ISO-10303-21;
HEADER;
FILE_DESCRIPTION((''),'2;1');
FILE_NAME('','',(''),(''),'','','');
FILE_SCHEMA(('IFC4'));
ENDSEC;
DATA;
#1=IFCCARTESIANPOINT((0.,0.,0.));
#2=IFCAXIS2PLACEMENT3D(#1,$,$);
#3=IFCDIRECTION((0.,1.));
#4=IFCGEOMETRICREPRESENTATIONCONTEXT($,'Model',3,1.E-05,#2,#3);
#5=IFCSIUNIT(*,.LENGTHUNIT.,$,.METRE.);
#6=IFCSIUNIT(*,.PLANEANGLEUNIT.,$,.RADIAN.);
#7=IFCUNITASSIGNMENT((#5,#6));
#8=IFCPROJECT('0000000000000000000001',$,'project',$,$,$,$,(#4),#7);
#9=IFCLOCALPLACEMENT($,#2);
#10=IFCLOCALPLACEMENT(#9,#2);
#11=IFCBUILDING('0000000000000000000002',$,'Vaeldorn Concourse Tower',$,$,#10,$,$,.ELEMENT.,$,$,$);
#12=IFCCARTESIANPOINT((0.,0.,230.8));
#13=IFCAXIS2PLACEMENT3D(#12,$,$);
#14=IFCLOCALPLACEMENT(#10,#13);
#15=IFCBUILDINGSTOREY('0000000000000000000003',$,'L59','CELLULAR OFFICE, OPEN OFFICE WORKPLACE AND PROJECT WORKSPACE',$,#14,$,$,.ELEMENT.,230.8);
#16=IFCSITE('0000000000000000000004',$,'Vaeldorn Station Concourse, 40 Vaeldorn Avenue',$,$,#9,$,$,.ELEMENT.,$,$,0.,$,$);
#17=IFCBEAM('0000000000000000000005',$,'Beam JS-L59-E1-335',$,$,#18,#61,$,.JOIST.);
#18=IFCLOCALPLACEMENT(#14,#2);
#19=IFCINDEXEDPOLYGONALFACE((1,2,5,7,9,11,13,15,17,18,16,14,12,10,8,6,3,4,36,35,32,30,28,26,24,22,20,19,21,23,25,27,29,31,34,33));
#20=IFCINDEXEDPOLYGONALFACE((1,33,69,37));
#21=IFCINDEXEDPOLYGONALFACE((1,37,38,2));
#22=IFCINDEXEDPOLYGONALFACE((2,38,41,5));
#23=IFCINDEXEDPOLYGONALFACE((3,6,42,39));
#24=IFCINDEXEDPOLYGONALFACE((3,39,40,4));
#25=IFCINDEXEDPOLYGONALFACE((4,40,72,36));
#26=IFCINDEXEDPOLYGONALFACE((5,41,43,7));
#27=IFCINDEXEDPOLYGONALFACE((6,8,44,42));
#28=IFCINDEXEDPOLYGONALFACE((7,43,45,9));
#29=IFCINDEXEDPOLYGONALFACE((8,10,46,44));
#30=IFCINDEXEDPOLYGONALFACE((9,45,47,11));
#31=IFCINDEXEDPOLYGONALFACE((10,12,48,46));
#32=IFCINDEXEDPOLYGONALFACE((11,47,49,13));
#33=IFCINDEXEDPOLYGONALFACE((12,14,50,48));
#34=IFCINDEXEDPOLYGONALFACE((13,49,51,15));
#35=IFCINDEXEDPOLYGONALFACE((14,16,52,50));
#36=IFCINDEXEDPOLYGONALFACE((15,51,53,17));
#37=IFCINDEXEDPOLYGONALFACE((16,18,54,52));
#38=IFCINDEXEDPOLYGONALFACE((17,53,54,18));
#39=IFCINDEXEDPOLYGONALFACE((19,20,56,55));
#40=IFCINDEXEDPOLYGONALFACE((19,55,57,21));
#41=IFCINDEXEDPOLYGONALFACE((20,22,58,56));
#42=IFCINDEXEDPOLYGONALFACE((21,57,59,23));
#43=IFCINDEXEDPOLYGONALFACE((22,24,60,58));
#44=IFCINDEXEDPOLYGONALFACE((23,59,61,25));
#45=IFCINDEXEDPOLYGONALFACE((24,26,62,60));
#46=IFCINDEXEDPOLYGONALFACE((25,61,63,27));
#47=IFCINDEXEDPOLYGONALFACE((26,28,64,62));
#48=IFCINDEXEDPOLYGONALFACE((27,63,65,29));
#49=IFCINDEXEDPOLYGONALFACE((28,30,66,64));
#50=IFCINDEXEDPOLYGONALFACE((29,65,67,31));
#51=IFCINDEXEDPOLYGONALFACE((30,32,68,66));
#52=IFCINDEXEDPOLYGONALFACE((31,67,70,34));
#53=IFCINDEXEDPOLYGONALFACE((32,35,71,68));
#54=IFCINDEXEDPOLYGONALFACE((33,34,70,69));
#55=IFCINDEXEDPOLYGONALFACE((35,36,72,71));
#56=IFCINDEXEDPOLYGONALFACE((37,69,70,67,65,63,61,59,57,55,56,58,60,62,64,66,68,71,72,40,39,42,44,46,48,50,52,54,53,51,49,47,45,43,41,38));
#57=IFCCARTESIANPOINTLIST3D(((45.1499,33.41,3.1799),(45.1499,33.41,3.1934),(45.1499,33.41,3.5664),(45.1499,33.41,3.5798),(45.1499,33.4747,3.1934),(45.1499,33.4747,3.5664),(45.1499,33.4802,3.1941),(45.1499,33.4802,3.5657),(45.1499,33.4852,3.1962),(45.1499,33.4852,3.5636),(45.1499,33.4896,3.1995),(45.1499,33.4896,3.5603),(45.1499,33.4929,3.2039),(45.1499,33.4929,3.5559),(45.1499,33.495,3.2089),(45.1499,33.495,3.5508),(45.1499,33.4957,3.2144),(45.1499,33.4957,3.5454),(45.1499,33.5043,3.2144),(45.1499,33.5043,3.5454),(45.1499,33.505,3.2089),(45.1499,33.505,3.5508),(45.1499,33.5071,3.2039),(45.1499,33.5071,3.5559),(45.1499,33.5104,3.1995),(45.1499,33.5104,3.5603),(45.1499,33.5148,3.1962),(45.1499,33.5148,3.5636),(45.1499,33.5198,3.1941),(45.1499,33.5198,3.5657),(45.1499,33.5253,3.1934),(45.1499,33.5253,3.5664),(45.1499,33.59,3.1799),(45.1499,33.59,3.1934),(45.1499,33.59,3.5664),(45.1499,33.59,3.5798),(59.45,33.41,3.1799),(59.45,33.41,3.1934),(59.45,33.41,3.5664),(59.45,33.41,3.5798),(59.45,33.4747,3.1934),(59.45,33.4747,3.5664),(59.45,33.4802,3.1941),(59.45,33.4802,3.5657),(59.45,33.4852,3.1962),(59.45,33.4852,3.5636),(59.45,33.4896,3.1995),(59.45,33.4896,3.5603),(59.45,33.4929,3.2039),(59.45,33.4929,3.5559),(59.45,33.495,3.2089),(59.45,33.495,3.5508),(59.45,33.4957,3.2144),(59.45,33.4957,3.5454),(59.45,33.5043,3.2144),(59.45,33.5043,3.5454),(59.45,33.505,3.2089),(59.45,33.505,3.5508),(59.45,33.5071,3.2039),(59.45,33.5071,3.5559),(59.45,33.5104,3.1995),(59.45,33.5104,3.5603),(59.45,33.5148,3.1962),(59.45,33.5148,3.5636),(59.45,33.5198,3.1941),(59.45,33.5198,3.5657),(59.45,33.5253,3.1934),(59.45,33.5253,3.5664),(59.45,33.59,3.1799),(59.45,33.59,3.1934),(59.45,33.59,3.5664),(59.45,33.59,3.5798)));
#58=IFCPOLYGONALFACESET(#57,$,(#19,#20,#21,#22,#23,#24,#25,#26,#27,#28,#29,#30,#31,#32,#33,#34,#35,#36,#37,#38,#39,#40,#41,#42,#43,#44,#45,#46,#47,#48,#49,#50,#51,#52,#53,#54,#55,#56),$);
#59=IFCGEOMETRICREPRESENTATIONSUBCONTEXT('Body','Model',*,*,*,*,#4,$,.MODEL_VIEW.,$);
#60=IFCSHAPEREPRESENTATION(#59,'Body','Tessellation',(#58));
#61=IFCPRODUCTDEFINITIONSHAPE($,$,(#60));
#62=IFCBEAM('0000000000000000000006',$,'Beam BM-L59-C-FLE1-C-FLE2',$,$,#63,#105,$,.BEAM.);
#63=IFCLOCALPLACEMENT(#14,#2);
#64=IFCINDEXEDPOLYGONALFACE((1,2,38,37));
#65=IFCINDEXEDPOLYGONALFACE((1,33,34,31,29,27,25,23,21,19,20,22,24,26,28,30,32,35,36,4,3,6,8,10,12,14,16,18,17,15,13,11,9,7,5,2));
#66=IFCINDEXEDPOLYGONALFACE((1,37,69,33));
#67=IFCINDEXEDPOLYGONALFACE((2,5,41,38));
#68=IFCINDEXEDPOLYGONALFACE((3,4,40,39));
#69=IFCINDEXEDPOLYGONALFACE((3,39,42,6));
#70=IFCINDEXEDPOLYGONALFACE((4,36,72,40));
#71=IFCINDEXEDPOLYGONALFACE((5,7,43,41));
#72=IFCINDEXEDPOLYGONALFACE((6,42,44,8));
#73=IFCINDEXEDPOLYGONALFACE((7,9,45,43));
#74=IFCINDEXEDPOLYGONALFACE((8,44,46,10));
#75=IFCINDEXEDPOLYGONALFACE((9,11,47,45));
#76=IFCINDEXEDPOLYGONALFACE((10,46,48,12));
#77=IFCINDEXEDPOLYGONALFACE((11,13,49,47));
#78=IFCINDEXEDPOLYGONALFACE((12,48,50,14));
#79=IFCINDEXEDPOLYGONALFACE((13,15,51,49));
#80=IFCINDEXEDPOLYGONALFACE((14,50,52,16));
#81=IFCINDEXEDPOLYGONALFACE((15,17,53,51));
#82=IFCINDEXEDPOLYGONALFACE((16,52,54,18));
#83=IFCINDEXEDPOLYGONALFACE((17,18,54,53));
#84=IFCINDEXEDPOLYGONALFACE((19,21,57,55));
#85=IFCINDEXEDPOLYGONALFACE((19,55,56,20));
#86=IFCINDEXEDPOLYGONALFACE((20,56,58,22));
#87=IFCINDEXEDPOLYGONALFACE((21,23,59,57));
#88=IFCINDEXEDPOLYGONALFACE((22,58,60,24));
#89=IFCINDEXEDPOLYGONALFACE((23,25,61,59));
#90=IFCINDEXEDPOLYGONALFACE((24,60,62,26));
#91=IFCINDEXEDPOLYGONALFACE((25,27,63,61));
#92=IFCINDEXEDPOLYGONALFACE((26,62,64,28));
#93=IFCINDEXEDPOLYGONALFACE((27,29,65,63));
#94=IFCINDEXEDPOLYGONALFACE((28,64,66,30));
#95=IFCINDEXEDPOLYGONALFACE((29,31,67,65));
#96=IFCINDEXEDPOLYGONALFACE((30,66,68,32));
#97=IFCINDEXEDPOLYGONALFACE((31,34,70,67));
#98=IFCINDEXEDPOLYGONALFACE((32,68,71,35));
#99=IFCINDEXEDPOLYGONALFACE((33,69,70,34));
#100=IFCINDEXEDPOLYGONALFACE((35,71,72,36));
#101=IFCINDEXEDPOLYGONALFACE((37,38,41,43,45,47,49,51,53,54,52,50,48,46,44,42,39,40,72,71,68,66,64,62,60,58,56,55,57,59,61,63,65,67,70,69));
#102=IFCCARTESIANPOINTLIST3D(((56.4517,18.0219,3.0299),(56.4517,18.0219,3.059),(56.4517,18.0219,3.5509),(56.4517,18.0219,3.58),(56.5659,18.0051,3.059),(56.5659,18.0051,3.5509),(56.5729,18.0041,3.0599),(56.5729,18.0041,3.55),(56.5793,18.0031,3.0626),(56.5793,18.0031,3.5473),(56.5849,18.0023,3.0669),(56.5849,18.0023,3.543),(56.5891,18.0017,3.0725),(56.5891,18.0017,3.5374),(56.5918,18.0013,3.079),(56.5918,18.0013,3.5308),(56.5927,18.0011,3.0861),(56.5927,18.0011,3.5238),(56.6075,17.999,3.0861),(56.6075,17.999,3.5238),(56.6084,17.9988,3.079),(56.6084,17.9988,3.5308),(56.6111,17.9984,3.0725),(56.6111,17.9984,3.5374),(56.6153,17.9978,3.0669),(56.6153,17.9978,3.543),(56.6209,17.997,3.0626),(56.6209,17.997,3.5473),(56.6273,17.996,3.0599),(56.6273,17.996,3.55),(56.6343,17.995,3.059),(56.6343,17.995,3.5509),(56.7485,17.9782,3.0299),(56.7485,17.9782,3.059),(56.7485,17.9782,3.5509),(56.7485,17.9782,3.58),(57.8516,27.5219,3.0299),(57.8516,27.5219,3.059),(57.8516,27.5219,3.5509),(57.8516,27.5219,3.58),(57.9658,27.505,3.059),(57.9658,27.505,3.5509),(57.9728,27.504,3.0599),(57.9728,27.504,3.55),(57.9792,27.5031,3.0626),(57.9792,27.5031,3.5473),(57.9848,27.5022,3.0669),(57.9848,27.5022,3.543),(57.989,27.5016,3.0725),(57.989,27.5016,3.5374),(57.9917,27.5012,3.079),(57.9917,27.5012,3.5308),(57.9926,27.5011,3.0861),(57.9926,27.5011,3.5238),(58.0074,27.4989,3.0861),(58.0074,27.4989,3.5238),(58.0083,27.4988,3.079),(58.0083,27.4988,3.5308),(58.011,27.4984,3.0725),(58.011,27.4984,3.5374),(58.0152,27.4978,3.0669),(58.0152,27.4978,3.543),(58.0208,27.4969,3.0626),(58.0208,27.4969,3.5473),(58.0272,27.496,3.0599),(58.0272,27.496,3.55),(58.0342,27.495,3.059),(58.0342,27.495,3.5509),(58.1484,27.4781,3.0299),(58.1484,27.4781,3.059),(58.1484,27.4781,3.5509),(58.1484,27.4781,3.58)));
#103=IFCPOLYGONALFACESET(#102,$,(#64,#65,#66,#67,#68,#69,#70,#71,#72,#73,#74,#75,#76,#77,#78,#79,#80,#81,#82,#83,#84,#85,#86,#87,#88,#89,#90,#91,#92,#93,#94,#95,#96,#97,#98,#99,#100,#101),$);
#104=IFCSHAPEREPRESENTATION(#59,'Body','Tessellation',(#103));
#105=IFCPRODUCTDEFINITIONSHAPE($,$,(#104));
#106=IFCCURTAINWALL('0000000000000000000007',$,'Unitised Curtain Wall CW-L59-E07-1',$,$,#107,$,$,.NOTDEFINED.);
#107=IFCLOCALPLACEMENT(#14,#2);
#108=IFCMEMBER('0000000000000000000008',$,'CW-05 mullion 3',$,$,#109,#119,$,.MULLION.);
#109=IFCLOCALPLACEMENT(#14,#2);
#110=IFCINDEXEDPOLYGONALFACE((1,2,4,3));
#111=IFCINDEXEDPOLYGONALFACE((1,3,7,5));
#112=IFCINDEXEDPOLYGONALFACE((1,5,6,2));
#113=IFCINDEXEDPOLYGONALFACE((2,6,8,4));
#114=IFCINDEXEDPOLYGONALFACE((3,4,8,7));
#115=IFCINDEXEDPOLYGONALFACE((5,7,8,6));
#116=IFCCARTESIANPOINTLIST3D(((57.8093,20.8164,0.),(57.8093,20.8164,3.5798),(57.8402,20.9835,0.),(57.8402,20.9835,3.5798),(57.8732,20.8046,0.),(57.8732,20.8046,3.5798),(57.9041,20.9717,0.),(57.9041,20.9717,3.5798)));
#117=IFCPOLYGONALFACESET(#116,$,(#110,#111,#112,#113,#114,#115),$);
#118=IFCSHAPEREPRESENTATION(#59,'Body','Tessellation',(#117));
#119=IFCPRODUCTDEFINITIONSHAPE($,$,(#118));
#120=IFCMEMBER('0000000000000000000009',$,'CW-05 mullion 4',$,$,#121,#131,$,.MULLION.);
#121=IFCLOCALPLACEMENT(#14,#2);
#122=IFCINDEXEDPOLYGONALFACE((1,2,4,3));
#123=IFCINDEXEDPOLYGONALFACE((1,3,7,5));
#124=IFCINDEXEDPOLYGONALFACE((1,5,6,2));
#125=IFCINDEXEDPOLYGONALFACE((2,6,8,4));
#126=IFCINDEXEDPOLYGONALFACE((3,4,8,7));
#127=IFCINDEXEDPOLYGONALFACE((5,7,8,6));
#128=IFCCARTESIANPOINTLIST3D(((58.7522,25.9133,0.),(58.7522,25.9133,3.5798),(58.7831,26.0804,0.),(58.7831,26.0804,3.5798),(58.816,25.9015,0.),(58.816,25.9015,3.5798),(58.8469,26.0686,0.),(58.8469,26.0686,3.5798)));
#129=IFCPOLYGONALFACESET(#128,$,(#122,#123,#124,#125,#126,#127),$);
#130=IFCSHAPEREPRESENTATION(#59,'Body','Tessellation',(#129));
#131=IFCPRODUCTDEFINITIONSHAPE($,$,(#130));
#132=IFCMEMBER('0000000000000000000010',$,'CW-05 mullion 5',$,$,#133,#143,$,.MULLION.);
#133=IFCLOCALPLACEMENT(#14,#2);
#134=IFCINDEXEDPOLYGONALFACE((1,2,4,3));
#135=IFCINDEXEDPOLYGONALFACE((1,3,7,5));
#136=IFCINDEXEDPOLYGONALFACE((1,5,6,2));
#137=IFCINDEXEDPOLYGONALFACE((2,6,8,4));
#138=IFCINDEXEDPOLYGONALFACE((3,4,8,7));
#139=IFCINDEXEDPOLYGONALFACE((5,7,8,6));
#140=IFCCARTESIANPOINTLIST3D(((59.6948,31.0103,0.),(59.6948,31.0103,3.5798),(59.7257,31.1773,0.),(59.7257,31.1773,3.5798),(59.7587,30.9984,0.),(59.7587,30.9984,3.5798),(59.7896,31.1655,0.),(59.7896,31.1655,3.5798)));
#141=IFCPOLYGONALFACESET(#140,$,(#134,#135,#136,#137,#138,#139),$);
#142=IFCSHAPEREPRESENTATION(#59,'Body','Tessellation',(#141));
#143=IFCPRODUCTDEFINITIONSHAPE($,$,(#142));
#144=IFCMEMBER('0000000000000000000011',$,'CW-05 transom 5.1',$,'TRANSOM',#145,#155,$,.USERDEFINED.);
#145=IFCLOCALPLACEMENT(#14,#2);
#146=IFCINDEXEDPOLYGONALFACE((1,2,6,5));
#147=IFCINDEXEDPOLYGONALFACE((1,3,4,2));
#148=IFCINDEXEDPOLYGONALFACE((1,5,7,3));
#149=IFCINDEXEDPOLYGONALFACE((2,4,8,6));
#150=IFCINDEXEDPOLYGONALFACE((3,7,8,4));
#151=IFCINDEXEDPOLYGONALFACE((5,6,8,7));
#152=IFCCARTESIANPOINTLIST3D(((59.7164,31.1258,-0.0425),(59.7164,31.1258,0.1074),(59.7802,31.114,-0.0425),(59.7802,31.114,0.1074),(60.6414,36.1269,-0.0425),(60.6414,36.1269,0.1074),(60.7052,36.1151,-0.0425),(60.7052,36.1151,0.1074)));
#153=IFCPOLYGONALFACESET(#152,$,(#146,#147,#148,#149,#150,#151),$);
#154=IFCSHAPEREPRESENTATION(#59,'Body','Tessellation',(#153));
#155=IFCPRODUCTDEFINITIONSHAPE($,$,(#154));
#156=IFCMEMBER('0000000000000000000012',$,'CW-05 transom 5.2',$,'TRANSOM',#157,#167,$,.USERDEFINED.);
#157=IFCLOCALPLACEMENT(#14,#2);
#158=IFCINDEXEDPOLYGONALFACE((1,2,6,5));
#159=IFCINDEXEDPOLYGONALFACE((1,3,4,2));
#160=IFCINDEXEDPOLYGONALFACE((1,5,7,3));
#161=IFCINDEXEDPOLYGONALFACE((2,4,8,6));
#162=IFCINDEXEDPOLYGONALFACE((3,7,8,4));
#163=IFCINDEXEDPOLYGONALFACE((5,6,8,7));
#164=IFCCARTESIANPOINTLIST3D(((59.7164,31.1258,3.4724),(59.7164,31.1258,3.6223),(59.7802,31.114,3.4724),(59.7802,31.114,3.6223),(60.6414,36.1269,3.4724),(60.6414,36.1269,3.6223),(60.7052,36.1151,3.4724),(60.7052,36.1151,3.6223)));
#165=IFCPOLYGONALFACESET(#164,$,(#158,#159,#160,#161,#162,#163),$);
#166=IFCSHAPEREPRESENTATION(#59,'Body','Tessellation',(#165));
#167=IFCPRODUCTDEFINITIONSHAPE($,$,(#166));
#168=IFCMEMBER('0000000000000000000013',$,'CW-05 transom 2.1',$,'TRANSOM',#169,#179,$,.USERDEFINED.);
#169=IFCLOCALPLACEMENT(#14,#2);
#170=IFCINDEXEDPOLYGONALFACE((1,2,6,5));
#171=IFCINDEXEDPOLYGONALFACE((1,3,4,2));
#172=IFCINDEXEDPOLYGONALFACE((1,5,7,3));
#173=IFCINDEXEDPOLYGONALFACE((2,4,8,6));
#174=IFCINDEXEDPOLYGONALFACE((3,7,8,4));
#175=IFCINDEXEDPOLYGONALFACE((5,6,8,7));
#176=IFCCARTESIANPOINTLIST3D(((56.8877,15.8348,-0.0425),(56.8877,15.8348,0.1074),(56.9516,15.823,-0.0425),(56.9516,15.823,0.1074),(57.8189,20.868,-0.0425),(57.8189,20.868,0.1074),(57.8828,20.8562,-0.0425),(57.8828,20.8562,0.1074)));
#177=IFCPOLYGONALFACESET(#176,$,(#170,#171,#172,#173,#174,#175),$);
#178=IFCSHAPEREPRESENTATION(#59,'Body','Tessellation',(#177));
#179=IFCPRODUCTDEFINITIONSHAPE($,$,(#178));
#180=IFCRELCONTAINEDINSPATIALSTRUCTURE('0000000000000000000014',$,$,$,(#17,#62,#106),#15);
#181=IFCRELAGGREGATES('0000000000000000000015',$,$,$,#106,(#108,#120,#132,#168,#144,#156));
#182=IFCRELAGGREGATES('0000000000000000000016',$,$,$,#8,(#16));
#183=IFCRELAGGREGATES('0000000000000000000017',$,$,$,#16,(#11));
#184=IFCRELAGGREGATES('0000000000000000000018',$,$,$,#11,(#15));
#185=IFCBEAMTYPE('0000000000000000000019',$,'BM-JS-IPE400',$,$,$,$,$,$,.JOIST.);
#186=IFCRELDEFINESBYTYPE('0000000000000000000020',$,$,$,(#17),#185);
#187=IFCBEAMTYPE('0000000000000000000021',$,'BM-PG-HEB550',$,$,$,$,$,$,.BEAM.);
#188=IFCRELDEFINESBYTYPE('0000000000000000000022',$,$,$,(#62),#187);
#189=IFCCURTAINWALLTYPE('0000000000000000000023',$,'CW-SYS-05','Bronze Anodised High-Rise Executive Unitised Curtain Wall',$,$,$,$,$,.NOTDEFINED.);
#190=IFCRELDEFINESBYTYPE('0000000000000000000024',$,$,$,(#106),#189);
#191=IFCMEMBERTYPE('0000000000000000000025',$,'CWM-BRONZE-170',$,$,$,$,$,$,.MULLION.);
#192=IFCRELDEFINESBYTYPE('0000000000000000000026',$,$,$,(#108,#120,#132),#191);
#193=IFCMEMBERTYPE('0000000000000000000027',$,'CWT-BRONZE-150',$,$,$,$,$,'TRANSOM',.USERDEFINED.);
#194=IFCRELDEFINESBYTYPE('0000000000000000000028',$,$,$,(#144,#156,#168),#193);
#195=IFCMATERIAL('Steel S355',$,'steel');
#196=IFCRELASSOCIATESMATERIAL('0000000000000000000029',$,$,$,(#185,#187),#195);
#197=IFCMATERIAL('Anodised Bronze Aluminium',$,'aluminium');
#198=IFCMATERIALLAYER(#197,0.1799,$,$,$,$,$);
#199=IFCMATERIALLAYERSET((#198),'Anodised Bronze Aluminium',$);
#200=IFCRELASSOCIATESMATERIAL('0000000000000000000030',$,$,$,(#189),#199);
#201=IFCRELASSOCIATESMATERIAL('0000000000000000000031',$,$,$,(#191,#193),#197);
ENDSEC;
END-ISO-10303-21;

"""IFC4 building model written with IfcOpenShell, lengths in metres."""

from ifc_helpers import new_model, si_unit, direction, frame, origin, origin_2d, place, context, subcontext, project, spatial, rectangle, i_section, extrude, source, transform, mapped, material, layer, layer_set, material_profile, profile_set, type_object, element, aggregate, save


model = new_model("IFC4")

# Units and contexts
model_context = context("Model", 3, precision=1e-05, world=origin(), true_north=direction((0.0, 1.0)))
body_context = subcontext(model_context, "Body", "Model", "MODEL_VIEW")
ifc_project = project(units=[si_unit("LENGTHUNIT", "METRE"), si_unit("PLANEANGLEUNIT", "RADIAN")], contexts=[model_context])

# Site, building, storey
site_placement = place(None, origin())
site = spatial("IfcSite", under=ifc_project, at=site_placement, Name="Vaeldorn Station Concourse, 40 Vaeldorn Avenue", CompositionType="ELEMENT", RefElevation=0.0)
building_placement = place(site_placement, origin())
building = spatial("IfcBuilding", under=site, at=building_placement, Name="Vaeldorn Concourse Tower", CompositionType="ELEMENT")
storey_placement = place(building_placement, frame((0.0, 0.0, 230.8)))
storey = spatial("IfcBuildingStorey", under=building, at=storey_placement, Name="L59", Description="CELLULAR OFFICE, OPEN OFFICE WORKPLACE AND PROJECT WORKSPACE", CompositionType="ELEMENT", Elevation=230.8)

# Shared definitions
ifc_material_1 = material(Name="Steel S355", Category="steel")

# Beams
ifc_material_profile_1 = material_profile(ifc_material_1, i_section(OverallWidth=0.1799, OverallDepth=0.3999, WebThickness=0.0085, FlangeThickness=0.0134, FilletRadius=0.021, at=origin_2d()), Name="IPE 400")
ifc_profile_set_1 = profile_set([ifc_material_profile_1], Name="Steel S355")
beam_type_1 = type_object("IfcBeamType", Name="BM-JS-IPE400", PredefinedType="JOIST", material=ifc_profile_set_1)
shared_shape_1 = source(origin(), body_context, "Body", "SweptSolid", [
    extrude(i_section(OverallWidth=0.1799, OverallDepth=0.3999, WebThickness=0.0085, FlangeThickness=0.0134, FilletRadius=0.021, at=origin_2d()), origin(), (0.0, 0.0, 1.0), 14.3),
])
beam_1_placement = place(storey_placement, frame((45.1499, 33.5, 3.3799), z_axis=(1.0, 0.0, 0.0), x_axis=(0.0, 1.0, 0.0)))
element("IfcBeam", 1, at=beam_1_placement, inside=storey, type_object=beam_type_1, Name="Beam JS-L59-E1-335", PredefinedType="JOIST", context=body_context, shape_type="MappedRepresentation", body=[
    mapped(shared_shape_1, transform((0.0, 0.0, 0.0), scale=1.0)),
])
ifc_material_profile_2 = material_profile(ifc_material_1, i_section(OverallWidth=0.3, OverallDepth=0.55, WebThickness=0.0149, FlangeThickness=0.0291, FilletRadius=0.0271, at=origin_2d()), Name="HEB 550")
ifc_profile_set_2 = profile_set([ifc_material_profile_2], Name="Steel S355")
beam_type_2 = type_object("IfcBeamType", Name="BM-PG-HEB550", PredefinedType="BEAM", material=ifc_profile_set_2)
shared_shape_2 = source(origin(), body_context, "Body", "SweptSolid", [
    extrude(i_section(OverallWidth=0.3, OverallDepth=0.55, WebThickness=0.0149, FlangeThickness=0.0291, FilletRadius=0.0271, at=origin_2d()), origin(), (0.0, 0.0, 1.0), 9.6025),
])
beam_2_placement = place(storey_placement, frame((58.0, 27.5, 3.3049), z_axis=(-0.145784, -0.989316, 0.0), x_axis=(0.989316, -0.145784, 0.0)))
element("IfcBeam", 2, at=beam_2_placement, inside=storey, type_object=beam_type_2, Name="Beam BM-L59-C-FLE1-C-FLE2", PredefinedType="BEAM", context=body_context, shape_type="MappedRepresentation", body=[
    mapped(shared_shape_2, transform((0.0, 0.0, 0.0), scale=1.0)),
])

# Curtain wall, members
ifc_material_2 = material(Name="Anodised Bronze Aluminium", Category="aluminium")
ifc_layer_1 = layer(ifc_material_2, 0.1799)
ifc_layer_set_1 = layer_set([ifc_layer_1], Name="Anodised Bronze Aluminium")
curtain_wall_type = type_object("IfcCurtainWallType", Name="CW-SYS-05", Description="Bronze Anodised High-Rise Executive Unitised Curtain Wall", PredefinedType="NOTDEFINED", material=ifc_layer_set_1)
curtain_wall_placement = place(storey_placement, origin())
curtain_wall = element("IfcCurtainWall", 3, at=curtain_wall_placement, inside=storey, type_object=curtain_wall_type, Name="Unitised Curtain Wall CW-L59-E07-1", PredefinedType="NOTDEFINED")
ifc_material_profile_3 = material_profile(ifc_material_2, rectangle(XDim=0.0649, YDim=0.1699, at=origin_2d()), Name="CWM 65x170")
ifc_profile_set_3 = profile_set([ifc_material_profile_3], Name="Anodised Bronze Aluminium")
member_type_1 = type_object("IfcMemberType", Name="CWM-BRONZE-170", PredefinedType="MULLION", material=ifc_profile_set_3)
shared_shape_3 = source(origin(), body_context, "Body", "SweptSolid", [
    extrude(rectangle(XDim=0.0649, YDim=0.1699, at=origin_2d()), origin(), (0.0, 0.0, 1.0), 3.5798),
])
member_1_placement = place(storey_placement, frame((57.8567, 20.894, 0.0), z_axis=(0.0, 0.0, 1.0), x_axis=(-0.983319, 0.18189, 0.0)))
member_1 = element("IfcMember", 4, at=member_1_placement, type_object=member_type_1, Name="CW-05 mullion 3", PredefinedType="MULLION", context=body_context, shape_type="MappedRepresentation", body=[
    mapped(shared_shape_3, transform((0.0, 0.0, 0.0), scale=1.0)),
])
member_2_placement = place(storey_placement, frame((58.7996, 25.991, 0.0), z_axis=(0.0, 0.0, 1.0), x_axis=(-0.983319, 0.18189, 0.0)))
member_2 = element("IfcMember", 5, at=member_2_placement, type_object=member_type_1, Name="CW-05 mullion 4", PredefinedType="MULLION", context=body_context, shape_type="MappedRepresentation", body=[
    mapped(shared_shape_3, transform((0.0, 0.0, 0.0), scale=1.0)),
])
member_3_placement = place(storey_placement, frame((59.7422, 31.0879, 0.0), z_axis=(0.0, 0.0, 1.0), x_axis=(-0.983319, 0.18189, 0.0)))
member_3 = element("IfcMember", 6, at=member_3_placement, type_object=member_type_1, Name="CW-05 mullion 5", PredefinedType="MULLION", context=body_context, shape_type="MappedRepresentation", body=[
    mapped(shared_shape_3, transform((0.0, 0.0, 0.0), scale=1.0)),
])
ifc_material_profile_4 = material_profile(ifc_material_2, rectangle(XDim=0.0649, YDim=0.1499, at=origin_2d()), Name="CWT 65x150")
ifc_profile_set_4 = profile_set([ifc_material_profile_4], Name="Anodised Bronze Aluminium")
member_type_2 = type_object("IfcMemberType", Name="CWT-BRONZE-150", ElementType="TRANSOM", PredefinedType="USERDEFINED", material=ifc_profile_set_4)
shared_shape_4 = source(origin(), body_context, "Body", "SweptSolid", [
    extrude(rectangle(XDim=0.0649, YDim=0.1499, at=origin_2d()), origin(), (0.0, 0.0, 1.0), 5.0859),
])
member_4_placement = place(storey_placement, frame((59.7483, 31.1199, 0.0325), z_axis=(0.18188, 0.983321, 0.0), x_axis=(-0.983321, 0.18188, 0.0)))
member_4 = element("IfcMember", 7, at=member_4_placement, type_object=member_type_2, Name="CW-05 transom 5.1", ObjectType="TRANSOM", PredefinedType="USERDEFINED", context=body_context, shape_type="MappedRepresentation", body=[
    mapped(shared_shape_4, transform((0.0, 0.0, 0.0), scale=1.0)),
])
member_5_placement = place(storey_placement, frame((59.7483, 31.1199, 3.5474), z_axis=(0.18188, 0.983321, 0.0), x_axis=(-0.983321, 0.18188, 0.0)))
member_5 = element("IfcMember", 8, at=member_5_placement, type_object=member_type_2, Name="CW-05 transom 5.2", ObjectType="TRANSOM", PredefinedType="USERDEFINED", context=body_context, shape_type="MappedRepresentation", body=[
    mapped(shared_shape_4, transform((0.0, 0.0, 0.0), scale=1.0)),
])
shared_shape_5 = source(origin(), body_context, "Body", "SweptSolid", [
    extrude(rectangle(XDim=0.0649, YDim=0.1499, at=origin_2d()), origin(), (0.0, 0.0, 1.0), 5.1187),
])
member_6_placement = place(storey_placement, frame((56.9197, 15.8289, 0.0325), z_axis=(0.181915, 0.983314, 0.0), x_axis=(-0.983314, 0.181915, 0.0)))
member_6 = element("IfcMember", 9, at=member_6_placement, type_object=member_type_2, Name="CW-05 transom 2.1", ObjectType="TRANSOM", PredefinedType="USERDEFINED", context=body_context, shape_type="MappedRepresentation", body=[
    mapped(shared_shape_5, transform((0.0, 0.0, 0.0), scale=1.0)),
])
aggregate(curtain_wall, [member_1, member_2, member_3, member_6, member_4, member_5])

save(model, "model.ifc")
